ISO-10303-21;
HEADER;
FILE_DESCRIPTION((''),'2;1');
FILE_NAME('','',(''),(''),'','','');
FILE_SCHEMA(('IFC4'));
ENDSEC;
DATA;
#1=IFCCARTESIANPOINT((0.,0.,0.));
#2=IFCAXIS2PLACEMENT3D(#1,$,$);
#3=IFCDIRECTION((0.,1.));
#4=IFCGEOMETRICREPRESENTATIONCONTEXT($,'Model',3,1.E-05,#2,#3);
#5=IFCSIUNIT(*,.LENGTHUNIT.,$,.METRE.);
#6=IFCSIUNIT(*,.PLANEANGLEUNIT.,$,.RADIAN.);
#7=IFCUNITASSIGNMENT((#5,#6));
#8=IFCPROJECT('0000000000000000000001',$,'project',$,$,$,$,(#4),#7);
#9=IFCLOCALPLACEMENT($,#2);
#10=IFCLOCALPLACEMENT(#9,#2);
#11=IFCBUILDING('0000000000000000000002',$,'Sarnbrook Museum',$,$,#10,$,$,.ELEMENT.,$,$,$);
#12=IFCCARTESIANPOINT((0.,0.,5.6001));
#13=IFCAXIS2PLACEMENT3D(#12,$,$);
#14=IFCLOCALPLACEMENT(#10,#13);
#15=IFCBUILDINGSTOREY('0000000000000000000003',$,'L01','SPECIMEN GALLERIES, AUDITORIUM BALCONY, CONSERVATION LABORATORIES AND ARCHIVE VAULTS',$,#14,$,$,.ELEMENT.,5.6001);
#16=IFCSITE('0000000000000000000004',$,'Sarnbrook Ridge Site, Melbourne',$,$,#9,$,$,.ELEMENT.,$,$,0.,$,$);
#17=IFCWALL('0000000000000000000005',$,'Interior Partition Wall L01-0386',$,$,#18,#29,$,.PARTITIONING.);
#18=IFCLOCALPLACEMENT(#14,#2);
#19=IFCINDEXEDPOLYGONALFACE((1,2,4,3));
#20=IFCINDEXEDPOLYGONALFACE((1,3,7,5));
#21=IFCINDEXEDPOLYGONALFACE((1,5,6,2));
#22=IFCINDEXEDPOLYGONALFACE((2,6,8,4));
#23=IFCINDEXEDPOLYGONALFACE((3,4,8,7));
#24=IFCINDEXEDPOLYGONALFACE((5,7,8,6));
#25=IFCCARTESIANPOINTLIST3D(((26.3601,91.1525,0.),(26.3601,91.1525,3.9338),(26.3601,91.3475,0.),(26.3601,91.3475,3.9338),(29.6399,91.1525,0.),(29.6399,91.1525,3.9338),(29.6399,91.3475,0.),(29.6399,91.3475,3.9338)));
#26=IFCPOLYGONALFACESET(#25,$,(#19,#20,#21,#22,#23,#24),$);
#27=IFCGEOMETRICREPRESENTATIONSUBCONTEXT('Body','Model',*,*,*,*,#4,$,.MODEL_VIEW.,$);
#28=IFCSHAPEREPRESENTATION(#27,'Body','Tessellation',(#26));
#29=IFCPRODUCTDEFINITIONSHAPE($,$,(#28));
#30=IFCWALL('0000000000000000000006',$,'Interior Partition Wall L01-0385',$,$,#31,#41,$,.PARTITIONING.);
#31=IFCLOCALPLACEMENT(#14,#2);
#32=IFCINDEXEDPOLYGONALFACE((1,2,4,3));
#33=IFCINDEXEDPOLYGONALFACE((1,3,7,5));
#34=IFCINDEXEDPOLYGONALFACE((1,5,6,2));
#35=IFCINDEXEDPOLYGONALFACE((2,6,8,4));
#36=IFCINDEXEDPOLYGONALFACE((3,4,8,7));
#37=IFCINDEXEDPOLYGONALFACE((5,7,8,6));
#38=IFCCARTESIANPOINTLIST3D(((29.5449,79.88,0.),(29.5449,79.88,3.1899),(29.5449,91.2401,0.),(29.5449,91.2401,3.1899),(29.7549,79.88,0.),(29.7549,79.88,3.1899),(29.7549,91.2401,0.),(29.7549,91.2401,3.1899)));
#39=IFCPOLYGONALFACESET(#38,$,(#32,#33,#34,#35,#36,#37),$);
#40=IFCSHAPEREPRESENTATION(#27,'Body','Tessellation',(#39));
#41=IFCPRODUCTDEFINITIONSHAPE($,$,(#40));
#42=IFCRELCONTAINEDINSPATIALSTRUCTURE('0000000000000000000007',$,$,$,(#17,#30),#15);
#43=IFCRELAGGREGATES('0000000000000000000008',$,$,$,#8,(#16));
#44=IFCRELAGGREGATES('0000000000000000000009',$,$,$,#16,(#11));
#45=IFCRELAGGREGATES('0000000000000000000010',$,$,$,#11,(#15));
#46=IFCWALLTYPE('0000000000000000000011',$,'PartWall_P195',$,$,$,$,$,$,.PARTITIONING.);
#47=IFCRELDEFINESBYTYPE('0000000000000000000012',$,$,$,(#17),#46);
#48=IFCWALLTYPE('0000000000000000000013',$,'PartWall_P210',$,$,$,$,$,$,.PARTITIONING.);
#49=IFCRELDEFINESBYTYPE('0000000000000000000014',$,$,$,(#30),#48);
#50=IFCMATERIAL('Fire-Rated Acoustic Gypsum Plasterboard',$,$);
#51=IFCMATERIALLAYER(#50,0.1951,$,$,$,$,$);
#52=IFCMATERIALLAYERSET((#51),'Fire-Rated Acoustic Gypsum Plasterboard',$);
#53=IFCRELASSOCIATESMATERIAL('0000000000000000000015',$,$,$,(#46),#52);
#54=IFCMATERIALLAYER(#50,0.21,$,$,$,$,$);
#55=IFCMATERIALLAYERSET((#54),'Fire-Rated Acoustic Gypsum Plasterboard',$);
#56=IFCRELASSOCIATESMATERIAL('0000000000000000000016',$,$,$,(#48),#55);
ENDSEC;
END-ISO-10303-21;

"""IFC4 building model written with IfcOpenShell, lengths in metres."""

from ifc_helpers import new_model, si_unit, direction, frame, frame_2d, origin, place, context, subcontext, project, spatial, rectangle, extrude, material, layer, layer_set, type_object, element, save


model = new_model("IFC4")

# Units and contexts
model_context = context("Model", 3, precision=1e-05, world=origin(), true_north=direction((0.0, 1.0)))
body_context = subcontext(model_context, "Body", "Model", "MODEL_VIEW")
ifc_project = project(units=[si_unit("LENGTHUNIT", "METRE"), si_unit("PLANEANGLEUNIT", "RADIAN")], contexts=[model_context])

# Site, building, storey
site_placement = place(None, origin())
site = spatial("IfcSite", under=ifc_project, at=site_placement, Name="Sarnbrook Ridge Site, Melbourne", CompositionType="ELEMENT", RefElevation=0.0)
building_placement = place(site_placement, origin())
building = spatial("IfcBuilding", under=site, at=building_placement, Name="Sarnbrook Museum", CompositionType="ELEMENT")
storey_placement = place(building_placement, frame((0.0, 0.0, 5.6001)))
storey = spatial("IfcBuildingStorey", under=building, at=storey_placement, Name="L01", Description="SPECIMEN GALLERIES, AUDITORIUM BALCONY, CONSERVATION LABORATORIES AND ARCHIVE VAULTS", CompositionType="ELEMENT", Elevation=5.6001)

# Shared definitions
ifc_material_1 = material(Name="Fire-Rated Acoustic Gypsum Plasterboard")

# Walls
ifc_layer_1 = layer(ifc_material_1, 0.1951)
ifc_layer_set_1 = layer_set([ifc_layer_1], Name="Fire-Rated Acoustic Gypsum Plasterboard")
wall_type_1 = type_object("IfcWallType", Name="PartWall_P195", PredefinedType="PARTITIONING", material=ifc_layer_set_1)
wall_1_placement = place(storey_placement, frame((29.6399, 91.25, 0.0), z_axis=(0.0, 0.0, 1.0), x_axis=(-1.0, 0.0, 0.0)))
element("IfcWall", 1, at=wall_1_placement, inside=storey, type_object=wall_type_1, Name="Interior Partition Wall L01-0386", PredefinedType="PARTITIONING", context=body_context, shape_type="SweptSolid", body=[
    extrude(rectangle(XDim=3.2798, YDim=0.1951, at=frame_2d((1.6399, 0.0))), origin(), (0.0, 0.0, 1.0), 3.9338),
])
ifc_layer_2 = layer(ifc_material_1, 0.21)
ifc_layer_set_2 = layer_set([ifc_layer_2], Name="Fire-Rated Acoustic Gypsum Plasterboard")
wall_type_2 = type_object("IfcWallType", Name="PartWall_P210", PredefinedType="PARTITIONING", material=ifc_layer_set_2)
wall_2_placement = place(storey_placement, frame((29.6499, 79.8799, 0.0), z_axis=(0.0, 0.0, 1.0), x_axis=(0.0, 1.0, 0.0)))
element("IfcWall", 2, at=wall_2_placement, inside=storey, type_object=wall_type_2, Name="Interior Partition Wall L01-0385", PredefinedType="PARTITIONING", context=body_context, shape_type="SweptSolid", body=[
    extrude(rectangle(XDim=11.3601, YDim=0.21, at=frame_2d((5.6802, 0.0))), origin(), (0.0, 0.0, 1.0), 3.1899),
])

save(model, "model.ifc")
